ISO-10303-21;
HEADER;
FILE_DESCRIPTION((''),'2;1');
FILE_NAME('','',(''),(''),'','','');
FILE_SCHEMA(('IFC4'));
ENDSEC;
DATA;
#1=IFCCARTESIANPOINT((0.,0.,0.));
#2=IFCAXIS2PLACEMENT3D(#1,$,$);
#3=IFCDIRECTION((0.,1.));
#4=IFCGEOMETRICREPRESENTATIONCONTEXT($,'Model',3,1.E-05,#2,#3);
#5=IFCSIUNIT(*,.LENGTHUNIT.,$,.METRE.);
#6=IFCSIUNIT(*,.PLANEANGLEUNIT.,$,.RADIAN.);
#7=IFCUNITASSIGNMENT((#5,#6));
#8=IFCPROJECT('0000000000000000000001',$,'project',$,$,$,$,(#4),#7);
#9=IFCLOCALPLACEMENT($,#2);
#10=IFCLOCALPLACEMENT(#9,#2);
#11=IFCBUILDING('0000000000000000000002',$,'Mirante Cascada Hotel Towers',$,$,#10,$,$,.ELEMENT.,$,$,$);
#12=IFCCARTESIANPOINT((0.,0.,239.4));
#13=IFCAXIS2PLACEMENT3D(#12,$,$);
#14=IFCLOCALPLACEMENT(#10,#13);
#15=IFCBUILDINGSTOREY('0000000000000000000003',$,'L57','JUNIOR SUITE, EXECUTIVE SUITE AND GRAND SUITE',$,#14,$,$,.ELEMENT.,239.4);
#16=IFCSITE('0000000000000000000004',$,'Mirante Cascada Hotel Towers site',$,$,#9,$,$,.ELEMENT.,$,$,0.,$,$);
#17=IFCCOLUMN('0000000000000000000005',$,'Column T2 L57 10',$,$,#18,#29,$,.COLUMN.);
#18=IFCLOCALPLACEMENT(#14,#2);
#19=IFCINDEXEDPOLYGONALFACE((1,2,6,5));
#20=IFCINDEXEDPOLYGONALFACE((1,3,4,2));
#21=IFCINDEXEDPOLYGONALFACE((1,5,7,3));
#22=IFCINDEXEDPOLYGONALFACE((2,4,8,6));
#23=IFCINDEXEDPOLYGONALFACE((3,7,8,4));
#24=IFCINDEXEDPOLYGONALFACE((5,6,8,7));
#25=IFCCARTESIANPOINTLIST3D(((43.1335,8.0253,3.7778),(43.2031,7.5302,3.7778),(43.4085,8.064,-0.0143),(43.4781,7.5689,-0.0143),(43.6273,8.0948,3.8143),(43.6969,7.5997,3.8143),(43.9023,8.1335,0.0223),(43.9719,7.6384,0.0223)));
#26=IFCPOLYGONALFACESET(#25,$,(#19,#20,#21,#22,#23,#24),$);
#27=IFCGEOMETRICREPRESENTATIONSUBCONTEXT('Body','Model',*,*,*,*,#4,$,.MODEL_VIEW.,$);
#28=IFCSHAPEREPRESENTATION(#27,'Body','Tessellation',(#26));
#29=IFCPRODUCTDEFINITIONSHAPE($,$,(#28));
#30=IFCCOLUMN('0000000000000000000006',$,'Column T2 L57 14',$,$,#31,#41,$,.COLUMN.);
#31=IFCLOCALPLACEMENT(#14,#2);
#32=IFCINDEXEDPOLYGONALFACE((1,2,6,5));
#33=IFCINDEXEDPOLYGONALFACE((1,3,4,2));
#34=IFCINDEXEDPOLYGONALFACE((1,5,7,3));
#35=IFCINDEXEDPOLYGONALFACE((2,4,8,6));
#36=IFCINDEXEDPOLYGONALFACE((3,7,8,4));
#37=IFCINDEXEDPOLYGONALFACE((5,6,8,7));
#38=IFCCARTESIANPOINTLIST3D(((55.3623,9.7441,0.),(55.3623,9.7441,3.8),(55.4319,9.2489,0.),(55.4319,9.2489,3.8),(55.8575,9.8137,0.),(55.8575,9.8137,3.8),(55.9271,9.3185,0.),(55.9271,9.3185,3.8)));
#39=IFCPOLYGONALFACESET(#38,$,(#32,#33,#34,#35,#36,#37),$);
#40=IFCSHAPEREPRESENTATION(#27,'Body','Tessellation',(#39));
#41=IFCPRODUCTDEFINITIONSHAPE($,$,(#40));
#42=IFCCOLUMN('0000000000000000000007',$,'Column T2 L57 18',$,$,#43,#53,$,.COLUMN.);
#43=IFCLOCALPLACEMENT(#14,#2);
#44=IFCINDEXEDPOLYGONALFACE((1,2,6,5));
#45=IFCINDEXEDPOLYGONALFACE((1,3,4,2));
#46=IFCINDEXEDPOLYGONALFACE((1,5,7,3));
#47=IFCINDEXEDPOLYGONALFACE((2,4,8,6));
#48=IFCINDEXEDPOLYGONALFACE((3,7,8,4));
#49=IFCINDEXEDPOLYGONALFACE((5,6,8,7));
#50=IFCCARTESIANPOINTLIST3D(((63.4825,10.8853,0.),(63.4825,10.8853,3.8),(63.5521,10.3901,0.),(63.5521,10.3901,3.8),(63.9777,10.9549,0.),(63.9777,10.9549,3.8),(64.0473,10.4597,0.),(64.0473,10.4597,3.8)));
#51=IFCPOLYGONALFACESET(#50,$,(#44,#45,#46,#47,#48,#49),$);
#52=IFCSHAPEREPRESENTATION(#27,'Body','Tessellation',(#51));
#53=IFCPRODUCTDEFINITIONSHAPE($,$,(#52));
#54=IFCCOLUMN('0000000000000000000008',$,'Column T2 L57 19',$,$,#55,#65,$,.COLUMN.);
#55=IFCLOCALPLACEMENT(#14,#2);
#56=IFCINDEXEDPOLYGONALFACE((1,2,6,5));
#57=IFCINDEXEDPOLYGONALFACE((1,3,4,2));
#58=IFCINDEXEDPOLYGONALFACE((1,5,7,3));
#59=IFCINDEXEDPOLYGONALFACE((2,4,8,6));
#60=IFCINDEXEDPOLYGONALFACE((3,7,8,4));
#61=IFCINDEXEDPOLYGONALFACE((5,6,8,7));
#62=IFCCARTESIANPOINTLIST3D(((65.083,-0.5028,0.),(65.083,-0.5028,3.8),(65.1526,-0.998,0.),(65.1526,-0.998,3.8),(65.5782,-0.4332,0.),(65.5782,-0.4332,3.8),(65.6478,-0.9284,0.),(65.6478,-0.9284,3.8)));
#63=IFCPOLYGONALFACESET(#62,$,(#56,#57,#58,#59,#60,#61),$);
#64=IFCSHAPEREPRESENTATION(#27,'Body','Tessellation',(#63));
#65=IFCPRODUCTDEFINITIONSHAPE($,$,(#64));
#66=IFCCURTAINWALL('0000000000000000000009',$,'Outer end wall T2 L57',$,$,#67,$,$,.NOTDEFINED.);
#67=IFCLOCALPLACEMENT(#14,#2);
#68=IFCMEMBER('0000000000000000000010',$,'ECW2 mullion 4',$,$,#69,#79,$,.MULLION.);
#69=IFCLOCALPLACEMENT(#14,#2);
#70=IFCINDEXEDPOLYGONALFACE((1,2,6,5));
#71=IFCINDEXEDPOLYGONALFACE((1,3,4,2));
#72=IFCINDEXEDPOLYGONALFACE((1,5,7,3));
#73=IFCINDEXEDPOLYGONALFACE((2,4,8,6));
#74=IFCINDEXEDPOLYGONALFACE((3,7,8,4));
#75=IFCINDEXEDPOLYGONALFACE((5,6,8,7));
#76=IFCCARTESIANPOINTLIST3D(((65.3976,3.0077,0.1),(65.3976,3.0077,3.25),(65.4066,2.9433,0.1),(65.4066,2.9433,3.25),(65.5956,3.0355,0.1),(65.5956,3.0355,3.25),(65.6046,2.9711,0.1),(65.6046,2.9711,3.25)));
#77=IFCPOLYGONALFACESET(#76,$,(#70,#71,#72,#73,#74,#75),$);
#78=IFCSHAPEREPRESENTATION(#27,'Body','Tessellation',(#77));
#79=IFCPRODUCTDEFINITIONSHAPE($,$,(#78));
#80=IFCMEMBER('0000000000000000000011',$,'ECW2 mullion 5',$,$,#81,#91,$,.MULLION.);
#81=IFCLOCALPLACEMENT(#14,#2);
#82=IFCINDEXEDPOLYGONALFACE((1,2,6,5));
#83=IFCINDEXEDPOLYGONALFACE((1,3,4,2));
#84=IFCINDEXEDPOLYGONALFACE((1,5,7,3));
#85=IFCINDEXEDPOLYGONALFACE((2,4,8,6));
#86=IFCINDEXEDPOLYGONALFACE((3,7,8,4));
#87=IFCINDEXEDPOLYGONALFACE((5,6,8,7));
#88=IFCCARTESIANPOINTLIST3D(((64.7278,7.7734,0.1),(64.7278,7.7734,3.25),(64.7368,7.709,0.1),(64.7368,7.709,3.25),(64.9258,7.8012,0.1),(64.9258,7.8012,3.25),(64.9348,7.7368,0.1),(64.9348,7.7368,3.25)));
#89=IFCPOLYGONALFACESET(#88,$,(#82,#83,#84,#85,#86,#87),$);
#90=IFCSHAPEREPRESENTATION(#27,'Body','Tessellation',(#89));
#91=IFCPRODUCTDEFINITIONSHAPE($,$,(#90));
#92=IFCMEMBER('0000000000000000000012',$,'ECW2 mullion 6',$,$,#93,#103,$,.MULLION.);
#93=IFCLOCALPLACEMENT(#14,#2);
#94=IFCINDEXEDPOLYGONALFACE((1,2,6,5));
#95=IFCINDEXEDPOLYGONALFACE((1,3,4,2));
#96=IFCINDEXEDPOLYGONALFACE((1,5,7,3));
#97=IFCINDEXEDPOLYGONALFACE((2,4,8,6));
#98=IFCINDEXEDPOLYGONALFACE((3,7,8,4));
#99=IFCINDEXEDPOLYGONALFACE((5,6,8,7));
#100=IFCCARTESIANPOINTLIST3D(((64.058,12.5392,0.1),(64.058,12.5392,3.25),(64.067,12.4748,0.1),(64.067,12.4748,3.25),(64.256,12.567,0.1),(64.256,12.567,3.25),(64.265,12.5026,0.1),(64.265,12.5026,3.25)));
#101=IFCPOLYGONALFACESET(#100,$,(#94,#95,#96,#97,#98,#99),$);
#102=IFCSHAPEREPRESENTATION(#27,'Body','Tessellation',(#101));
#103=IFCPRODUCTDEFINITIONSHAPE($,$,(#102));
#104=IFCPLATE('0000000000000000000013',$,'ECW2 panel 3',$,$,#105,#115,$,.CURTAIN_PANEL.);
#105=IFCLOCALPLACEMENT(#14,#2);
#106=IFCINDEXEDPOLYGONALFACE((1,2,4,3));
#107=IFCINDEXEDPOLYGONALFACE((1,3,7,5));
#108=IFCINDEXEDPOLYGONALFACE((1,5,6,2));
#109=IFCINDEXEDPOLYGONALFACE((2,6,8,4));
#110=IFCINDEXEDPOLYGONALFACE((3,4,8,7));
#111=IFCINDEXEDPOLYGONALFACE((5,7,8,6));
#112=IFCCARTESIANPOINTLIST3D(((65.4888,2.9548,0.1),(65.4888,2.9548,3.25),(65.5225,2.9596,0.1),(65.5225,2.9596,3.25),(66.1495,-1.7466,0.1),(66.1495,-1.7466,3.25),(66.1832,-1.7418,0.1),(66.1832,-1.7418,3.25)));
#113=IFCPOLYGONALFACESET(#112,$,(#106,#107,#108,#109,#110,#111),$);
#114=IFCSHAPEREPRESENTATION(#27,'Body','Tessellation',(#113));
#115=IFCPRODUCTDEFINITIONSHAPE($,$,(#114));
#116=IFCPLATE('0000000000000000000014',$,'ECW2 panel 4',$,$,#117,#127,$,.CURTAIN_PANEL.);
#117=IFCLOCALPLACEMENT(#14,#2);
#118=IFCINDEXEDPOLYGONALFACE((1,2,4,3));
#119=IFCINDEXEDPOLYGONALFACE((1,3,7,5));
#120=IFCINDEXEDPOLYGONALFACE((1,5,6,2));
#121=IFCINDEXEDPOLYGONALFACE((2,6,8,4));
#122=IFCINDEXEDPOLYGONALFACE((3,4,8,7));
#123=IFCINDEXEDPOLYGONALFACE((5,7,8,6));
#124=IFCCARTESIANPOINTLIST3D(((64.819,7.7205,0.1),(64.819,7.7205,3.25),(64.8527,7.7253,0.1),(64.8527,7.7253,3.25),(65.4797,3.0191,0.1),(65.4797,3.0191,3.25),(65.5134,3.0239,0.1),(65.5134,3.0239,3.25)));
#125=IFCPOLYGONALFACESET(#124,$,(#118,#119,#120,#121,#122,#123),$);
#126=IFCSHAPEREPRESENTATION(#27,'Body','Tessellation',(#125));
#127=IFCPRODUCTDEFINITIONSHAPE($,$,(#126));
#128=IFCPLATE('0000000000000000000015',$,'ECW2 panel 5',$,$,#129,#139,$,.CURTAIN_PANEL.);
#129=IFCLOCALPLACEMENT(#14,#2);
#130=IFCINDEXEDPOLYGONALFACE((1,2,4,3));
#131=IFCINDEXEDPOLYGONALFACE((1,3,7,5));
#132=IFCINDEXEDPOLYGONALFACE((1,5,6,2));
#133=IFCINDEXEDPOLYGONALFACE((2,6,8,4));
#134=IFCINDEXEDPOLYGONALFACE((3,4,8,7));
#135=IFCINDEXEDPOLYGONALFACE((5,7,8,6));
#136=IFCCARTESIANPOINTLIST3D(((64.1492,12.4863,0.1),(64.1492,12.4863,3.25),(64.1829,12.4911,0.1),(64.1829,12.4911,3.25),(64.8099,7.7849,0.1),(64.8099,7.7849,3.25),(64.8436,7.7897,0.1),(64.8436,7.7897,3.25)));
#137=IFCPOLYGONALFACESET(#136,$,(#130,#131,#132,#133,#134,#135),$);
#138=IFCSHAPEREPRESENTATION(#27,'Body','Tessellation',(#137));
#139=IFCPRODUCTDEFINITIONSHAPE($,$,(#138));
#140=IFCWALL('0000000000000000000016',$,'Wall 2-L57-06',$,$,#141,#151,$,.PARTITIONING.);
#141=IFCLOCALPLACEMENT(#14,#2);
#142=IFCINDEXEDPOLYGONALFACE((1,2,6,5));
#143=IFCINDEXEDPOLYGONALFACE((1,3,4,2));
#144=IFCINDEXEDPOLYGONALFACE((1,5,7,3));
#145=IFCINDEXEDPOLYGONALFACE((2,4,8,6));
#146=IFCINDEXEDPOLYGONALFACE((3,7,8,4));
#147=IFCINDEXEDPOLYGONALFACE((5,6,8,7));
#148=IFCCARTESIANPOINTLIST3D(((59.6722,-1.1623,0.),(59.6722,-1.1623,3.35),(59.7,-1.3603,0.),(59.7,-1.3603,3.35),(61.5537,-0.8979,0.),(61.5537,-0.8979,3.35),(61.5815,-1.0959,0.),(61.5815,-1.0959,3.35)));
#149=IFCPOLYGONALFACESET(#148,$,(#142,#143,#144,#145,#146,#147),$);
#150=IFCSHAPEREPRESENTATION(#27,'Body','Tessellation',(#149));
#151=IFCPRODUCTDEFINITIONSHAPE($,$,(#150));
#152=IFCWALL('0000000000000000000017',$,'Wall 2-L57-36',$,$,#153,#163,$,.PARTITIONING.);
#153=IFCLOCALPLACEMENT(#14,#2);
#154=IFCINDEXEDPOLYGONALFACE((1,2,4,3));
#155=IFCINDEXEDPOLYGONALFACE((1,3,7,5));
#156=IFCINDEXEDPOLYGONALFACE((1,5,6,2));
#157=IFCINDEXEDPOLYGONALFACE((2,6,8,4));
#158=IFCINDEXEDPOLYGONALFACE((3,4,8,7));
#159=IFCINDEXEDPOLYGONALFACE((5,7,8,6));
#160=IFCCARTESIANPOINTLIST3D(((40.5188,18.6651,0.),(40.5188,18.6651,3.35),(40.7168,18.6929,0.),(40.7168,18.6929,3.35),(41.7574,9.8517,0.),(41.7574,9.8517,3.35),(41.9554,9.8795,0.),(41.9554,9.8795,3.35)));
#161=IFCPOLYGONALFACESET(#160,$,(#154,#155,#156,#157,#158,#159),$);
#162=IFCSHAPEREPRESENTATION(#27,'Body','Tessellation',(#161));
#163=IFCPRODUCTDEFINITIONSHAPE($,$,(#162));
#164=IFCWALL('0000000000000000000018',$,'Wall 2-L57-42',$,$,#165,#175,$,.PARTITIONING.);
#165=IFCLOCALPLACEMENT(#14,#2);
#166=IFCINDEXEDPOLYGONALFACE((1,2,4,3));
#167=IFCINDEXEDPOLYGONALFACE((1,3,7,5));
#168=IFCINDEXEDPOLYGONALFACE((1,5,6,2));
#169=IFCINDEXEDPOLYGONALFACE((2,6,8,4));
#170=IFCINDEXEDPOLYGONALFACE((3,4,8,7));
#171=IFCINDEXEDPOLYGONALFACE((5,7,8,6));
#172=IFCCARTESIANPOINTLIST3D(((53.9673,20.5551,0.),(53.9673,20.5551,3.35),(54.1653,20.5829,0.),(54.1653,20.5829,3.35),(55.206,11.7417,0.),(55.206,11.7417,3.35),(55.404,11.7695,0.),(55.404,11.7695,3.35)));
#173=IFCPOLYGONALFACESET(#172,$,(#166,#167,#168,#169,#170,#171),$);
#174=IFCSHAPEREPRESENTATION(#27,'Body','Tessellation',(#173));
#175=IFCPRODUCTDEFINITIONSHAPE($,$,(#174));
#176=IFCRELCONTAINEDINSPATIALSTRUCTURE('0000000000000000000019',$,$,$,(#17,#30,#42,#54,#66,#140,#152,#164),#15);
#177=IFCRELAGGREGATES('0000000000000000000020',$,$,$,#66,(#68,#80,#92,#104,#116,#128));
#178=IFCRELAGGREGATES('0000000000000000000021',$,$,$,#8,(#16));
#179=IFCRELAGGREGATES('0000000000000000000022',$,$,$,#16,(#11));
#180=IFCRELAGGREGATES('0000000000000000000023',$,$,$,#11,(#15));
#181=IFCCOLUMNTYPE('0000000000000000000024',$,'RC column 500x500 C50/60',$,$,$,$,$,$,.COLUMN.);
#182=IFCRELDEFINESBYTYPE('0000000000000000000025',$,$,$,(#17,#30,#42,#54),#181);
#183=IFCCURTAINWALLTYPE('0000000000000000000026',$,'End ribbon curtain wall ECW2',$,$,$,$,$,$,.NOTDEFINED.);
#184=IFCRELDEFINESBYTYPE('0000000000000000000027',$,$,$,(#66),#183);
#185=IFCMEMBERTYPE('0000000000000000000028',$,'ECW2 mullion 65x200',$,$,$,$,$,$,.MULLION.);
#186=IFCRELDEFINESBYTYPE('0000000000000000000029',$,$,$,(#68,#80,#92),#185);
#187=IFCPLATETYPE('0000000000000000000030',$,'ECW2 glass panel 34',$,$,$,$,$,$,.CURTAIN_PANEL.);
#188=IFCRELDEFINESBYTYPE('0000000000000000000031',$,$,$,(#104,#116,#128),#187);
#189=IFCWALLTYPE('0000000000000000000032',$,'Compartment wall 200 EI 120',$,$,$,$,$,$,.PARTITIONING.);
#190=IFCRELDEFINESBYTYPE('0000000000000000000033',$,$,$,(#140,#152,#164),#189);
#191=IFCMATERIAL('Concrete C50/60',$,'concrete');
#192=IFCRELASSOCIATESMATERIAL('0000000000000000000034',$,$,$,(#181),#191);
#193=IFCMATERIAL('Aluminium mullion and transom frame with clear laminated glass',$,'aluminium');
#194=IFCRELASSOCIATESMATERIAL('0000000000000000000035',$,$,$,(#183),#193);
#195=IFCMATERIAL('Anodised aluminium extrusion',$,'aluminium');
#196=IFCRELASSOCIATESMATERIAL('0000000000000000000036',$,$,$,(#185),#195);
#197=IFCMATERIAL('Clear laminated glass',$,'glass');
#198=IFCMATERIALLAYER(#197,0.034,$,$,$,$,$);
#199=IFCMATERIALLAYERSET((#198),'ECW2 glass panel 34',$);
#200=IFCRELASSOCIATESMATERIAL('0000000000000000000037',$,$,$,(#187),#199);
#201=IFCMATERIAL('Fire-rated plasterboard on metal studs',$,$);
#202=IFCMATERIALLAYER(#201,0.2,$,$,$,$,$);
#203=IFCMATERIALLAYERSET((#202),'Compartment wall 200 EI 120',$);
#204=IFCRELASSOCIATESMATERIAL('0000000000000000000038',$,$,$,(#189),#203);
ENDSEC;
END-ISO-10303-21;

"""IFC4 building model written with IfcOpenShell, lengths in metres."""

from ifc_helpers import new_model, si_unit, direction, frame, frame_2d, origin, origin_2d, place, context, subcontext, project, spatial, rectangle, extrude, material, layer, layer_set, material_profile, profile_set, type_object, element, aggregate, save


model = new_model("IFC4")

# Units and contexts
model_context = context("Model", 3, precision=1e-05, world=origin(), true_north=direction((0.0, 1.0)))
body_context = subcontext(model_context, "Body", "Model", "MODEL_VIEW")
ifc_project = project(units=[si_unit("LENGTHUNIT", "METRE"), si_unit("PLANEANGLEUNIT", "RADIAN")], contexts=[model_context])

# Site, building, storey
site_placement = place(None, origin())
site = spatial("IfcSite", under=ifc_project, at=site_placement, Name="Mirante Cascada Hotel Towers site", CompositionType="ELEMENT", RefElevation=0.0)
building_placement = place(site_placement, origin())
building = spatial("IfcBuilding", under=site, at=building_placement, Name="Mirante Cascada Hotel Towers", CompositionType="ELEMENT")
storey_placement = place(building_placement, frame((0.0, 0.0, 239.4)))
storey = spatial("IfcBuildingStorey", under=building, at=storey_placement, Name="L57", Description="JUNIOR SUITE, EXECUTIVE SUITE AND GRAND SUITE", CompositionType="ELEMENT", Elevation=239.4)

# Columns
ifc_material_1 = material(Name="Concrete C50/60", Category="concrete")
ifc_material_profile_1 = material_profile(ifc_material_1, rectangle(XDim=0.5, YDim=0.5, at=origin_2d()), Name="RC column 500x500 C50/60")
ifc_profile_set_1 = profile_set([ifc_material_profile_1], Name="Concrete C50/60")
column_type = type_object("IfcColumnType", Name="RC column 500x500 C50/60", PredefinedType="COLUMN", material=ifc_profile_set_1)
column_placement = place(storey_placement, frame((43.6902, 7.8512, 0.004), z_axis=(-0.072327, -0.010178, 0.997329), x_axis=(0.139354, -0.990243, 0.0)))
element("IfcColumn", 1, at=column_placement, inside=storey, type_object=column_type, Name="Column T2 L57 10", PredefinedType="COLUMN", context=body_context, shape_type="SweptSolid", body=[
    extrude(rectangle(XDim=0.5, YDim=0.5, at=origin_2d()), origin(), (0.0, 0.0, 1.0), 3.8022),
])
for number, where, z_axis, x_axis, name in (
    (2, (55.6447, 9.5313, 0.0), (0.0, 0.0, 1.0), (0.990268, 0.139173, 0.0), "Column T2 L57 14"),
    (3, (63.7649, 10.6725, 0.0), (0.0, 0.0, 1.0), (0.990268, 0.139173, 0.0), "Column T2 L57 18"),
    (4, (65.3654, -0.7156, 0.0), (0.0, 0.0, 1.0), (0.990268, 0.139173, 0.0), "Column T2 L57 19"),
):
    element("IfcColumn", number, at=place(storey_placement, frame(where, z_axis=z_axis, x_axis=x_axis)), inside=storey, type_object=column_type, Name=name, PredefinedType="COLUMN", context=body_context, shape_type="SweptSolid", body=[
        extrude(rectangle(XDim=0.5, YDim=0.5, at=origin_2d()), origin(), (0.0, 0.0, 1.0), 3.8),
    ])

# Curtain wall, members, plates
ifc_material_2 = material(Name="Aluminium mullion and transom frame with clear laminated glass", Category="aluminium")
curtain_wall_type = type_object("IfcCurtainWallType", Name="End ribbon curtain wall ECW2", PredefinedType="NOTDEFINED", material=ifc_material_2)
curtain_wall_placement = place(storey_placement, origin())
curtain_wall = element("IfcCurtainWall", 5, at=curtain_wall_placement, inside=storey, type_object=curtain_wall_type, Name="Outer end wall T2 L57", PredefinedType="NOTDEFINED")
ifc_material_3 = material(Name="Anodised aluminium extrusion", Category="aluminium")
ifc_material_profile_2 = material_profile(ifc_material_3, rectangle(XDim=0.2, YDim=0.065, at=origin_2d()), Name="ECW2 MULLION 65x200")
ifc_profile_set_2 = profile_set([ifc_material_profile_2], Name="Anodised aluminium extrusion")
member_type = type_object("IfcMemberType", Name="ECW2 mullion 65x200", PredefinedType="MULLION", material=ifc_profile_set_2)
member_1_placement = place(storey_placement, frame((65.5011, 2.9894, 0.1), z_axis=(0.0, 0.0, 1.0), x_axis=(-0.990268, -0.139173, 0.0)))
member_1 = element("IfcMember", 6, at=member_1_placement, type_object=member_type, Name="ECW2 mullion 4", PredefinedType="MULLION", context=body_context, shape_type="SweptSolid", body=[
    extrude(rectangle(XDim=0.2, YDim=0.065, at=origin_2d()), origin(), (0.0, 0.0, 1.0), 3.15),
])
member_2_placement = place(storey_placement, frame((64.8313, 7.7551, 0.1), z_axis=(0.0, 0.0, 1.0), x_axis=(-0.990268, -0.139173, 0.0)))
member_2 = element("IfcMember", 7, at=member_2_placement, type_object=member_type, Name="ECW2 mullion 5", PredefinedType="MULLION", context=body_context, shape_type="SweptSolid", body=[
    extrude(rectangle(XDim=0.2, YDim=0.065, at=origin_2d()), origin(), (0.0, 0.0, 1.0), 3.15),
])
member_3_placement = place(storey_placement, frame((64.1615, 12.5209, 0.1), z_axis=(0.0, 0.0, 1.0), x_axis=(-0.990268, -0.139173, 0.0)))
member_3 = element("IfcMember", 8, at=member_3_placement, type_object=member_type, Name="ECW2 mullion 6", PredefinedType="MULLION", context=body_context, shape_type="SweptSolid", body=[
    extrude(rectangle(XDim=0.2, YDim=0.065, at=origin_2d()), origin(), (0.0, 0.0, 1.0), 3.15),
])
ifc_material_4 = material(Name="Clear laminated glass", Category="glass")
ifc_layer_1 = layer(ifc_material_4, 0.034)
ifc_layer_set_1 = layer_set([ifc_layer_1], Name="ECW2 glass panel 34")
plate_type = type_object("IfcPlateType", Name="ECW2 glass panel 34", PredefinedType="CURTAIN_PANEL", material=ifc_layer_set_1)
plate_1_placement = place(storey_placement, frame((65.836, 0.6065, 0.1), z_axis=(0.0, 0.0, 1.0), x_axis=(-0.139173, 0.990268, 0.0)))
plate_1 = element("IfcPlate", 9, at=plate_1_placement, type_object=plate_type, Name="ECW2 panel 3", PredefinedType="CURTAIN_PANEL", context=body_context, shape_type="SweptSolid", body=[
    extrude(rectangle(XDim=4.7476, YDim=0.034, at=origin_2d()), origin(), (0.0, 0.0, 1.0), 3.15),
])
plate_2_placement = place(storey_placement, frame((65.1662, 5.3722, 0.1), z_axis=(0.0, 0.0, 1.0), x_axis=(-0.139173, 0.990268, 0.0)))
plate_2 = element("IfcPlate", 10, at=plate_2_placement, type_object=plate_type, Name="ECW2 panel 4", PredefinedType="CURTAIN_PANEL", context=body_context, shape_type="SweptSolid", body=[
    extrude(rectangle(XDim=4.7476, YDim=0.034, at=origin_2d()), origin(), (0.0, 0.0, 1.0), 3.15),
])
plate_3_placement = place(storey_placement, frame((64.4964, 10.138, 0.1), z_axis=(0.0, 0.0, 1.0), x_axis=(-0.139173, 0.990268, 0.0)))
plate_3 = element("IfcPlate", 11, at=plate_3_placement, type_object=plate_type, Name="ECW2 panel 5", PredefinedType="CURTAIN_PANEL", context=body_context, shape_type="SweptSolid", body=[
    extrude(rectangle(XDim=4.7476, YDim=0.034, at=origin_2d()), origin(), (0.0, 0.0, 1.0), 3.15),
])
aggregate(curtain_wall, [member_1, member_2, member_3, plate_1, plate_2, plate_3])

# Walls
ifc_material_5 = material(Name="Fire-rated plasterboard on metal studs")
ifc_layer_2 = layer(ifc_material_5, 0.2)
ifc_layer_set_2 = layer_set([ifc_layer_2], Name="Compartment wall 200 EI 120")
wall_type_1 = type_object("IfcWallType", Name="Compartment wall 200 EI 120", PredefinedType="PARTITIONING", material=ifc_layer_set_2)
wall_1_placement = place(storey_placement, frame((59.6861, -1.2613, 0.0), z_axis=(0.0, 0.0, 1.0), x_axis=(0.99027, 0.139159, 0.0)))
element("IfcWall", 12, at=wall_1_placement, inside=storey, type_object=wall_type_1, Name="Wall 2-L57-06", PredefinedType="PARTITIONING", context=body_context, shape_type="SweptSolid", body=[
    extrude(rectangle(XDim=1.9, YDim=0.2, at=frame_2d((0.95, 0.0))), origin(), (0.0, 0.0, 1.0), 3.35),
])
for number, where, z_axis, x_axis, name in (
    (13, (41.8564, 9.8656, 0.0), (0.0, 0.0, 1.0), (-0.139168, 0.990269, 0.0), "Wall 2-L57-36"),
    (14, (55.305, 11.7556, 0.0), (0.0, 0.0, 1.0), (-0.139179, 0.990267, 0.0), "Wall 2-L57-42"),
):
    element("IfcWall", number, at=place(storey_placement, frame(where, z_axis=z_axis, x_axis=x_axis)), inside=storey, type_object=wall_type_1, Name=name, PredefinedType="PARTITIONING", context=body_context, shape_type="SweptSolid", body=[
        extrude(rectangle(XDim=8.9, YDim=0.2, at=frame_2d((4.45, 0.0))), origin(), (0.0, 0.0, 1.0), 3.35),
    ])

save(model, "model.ifc")
